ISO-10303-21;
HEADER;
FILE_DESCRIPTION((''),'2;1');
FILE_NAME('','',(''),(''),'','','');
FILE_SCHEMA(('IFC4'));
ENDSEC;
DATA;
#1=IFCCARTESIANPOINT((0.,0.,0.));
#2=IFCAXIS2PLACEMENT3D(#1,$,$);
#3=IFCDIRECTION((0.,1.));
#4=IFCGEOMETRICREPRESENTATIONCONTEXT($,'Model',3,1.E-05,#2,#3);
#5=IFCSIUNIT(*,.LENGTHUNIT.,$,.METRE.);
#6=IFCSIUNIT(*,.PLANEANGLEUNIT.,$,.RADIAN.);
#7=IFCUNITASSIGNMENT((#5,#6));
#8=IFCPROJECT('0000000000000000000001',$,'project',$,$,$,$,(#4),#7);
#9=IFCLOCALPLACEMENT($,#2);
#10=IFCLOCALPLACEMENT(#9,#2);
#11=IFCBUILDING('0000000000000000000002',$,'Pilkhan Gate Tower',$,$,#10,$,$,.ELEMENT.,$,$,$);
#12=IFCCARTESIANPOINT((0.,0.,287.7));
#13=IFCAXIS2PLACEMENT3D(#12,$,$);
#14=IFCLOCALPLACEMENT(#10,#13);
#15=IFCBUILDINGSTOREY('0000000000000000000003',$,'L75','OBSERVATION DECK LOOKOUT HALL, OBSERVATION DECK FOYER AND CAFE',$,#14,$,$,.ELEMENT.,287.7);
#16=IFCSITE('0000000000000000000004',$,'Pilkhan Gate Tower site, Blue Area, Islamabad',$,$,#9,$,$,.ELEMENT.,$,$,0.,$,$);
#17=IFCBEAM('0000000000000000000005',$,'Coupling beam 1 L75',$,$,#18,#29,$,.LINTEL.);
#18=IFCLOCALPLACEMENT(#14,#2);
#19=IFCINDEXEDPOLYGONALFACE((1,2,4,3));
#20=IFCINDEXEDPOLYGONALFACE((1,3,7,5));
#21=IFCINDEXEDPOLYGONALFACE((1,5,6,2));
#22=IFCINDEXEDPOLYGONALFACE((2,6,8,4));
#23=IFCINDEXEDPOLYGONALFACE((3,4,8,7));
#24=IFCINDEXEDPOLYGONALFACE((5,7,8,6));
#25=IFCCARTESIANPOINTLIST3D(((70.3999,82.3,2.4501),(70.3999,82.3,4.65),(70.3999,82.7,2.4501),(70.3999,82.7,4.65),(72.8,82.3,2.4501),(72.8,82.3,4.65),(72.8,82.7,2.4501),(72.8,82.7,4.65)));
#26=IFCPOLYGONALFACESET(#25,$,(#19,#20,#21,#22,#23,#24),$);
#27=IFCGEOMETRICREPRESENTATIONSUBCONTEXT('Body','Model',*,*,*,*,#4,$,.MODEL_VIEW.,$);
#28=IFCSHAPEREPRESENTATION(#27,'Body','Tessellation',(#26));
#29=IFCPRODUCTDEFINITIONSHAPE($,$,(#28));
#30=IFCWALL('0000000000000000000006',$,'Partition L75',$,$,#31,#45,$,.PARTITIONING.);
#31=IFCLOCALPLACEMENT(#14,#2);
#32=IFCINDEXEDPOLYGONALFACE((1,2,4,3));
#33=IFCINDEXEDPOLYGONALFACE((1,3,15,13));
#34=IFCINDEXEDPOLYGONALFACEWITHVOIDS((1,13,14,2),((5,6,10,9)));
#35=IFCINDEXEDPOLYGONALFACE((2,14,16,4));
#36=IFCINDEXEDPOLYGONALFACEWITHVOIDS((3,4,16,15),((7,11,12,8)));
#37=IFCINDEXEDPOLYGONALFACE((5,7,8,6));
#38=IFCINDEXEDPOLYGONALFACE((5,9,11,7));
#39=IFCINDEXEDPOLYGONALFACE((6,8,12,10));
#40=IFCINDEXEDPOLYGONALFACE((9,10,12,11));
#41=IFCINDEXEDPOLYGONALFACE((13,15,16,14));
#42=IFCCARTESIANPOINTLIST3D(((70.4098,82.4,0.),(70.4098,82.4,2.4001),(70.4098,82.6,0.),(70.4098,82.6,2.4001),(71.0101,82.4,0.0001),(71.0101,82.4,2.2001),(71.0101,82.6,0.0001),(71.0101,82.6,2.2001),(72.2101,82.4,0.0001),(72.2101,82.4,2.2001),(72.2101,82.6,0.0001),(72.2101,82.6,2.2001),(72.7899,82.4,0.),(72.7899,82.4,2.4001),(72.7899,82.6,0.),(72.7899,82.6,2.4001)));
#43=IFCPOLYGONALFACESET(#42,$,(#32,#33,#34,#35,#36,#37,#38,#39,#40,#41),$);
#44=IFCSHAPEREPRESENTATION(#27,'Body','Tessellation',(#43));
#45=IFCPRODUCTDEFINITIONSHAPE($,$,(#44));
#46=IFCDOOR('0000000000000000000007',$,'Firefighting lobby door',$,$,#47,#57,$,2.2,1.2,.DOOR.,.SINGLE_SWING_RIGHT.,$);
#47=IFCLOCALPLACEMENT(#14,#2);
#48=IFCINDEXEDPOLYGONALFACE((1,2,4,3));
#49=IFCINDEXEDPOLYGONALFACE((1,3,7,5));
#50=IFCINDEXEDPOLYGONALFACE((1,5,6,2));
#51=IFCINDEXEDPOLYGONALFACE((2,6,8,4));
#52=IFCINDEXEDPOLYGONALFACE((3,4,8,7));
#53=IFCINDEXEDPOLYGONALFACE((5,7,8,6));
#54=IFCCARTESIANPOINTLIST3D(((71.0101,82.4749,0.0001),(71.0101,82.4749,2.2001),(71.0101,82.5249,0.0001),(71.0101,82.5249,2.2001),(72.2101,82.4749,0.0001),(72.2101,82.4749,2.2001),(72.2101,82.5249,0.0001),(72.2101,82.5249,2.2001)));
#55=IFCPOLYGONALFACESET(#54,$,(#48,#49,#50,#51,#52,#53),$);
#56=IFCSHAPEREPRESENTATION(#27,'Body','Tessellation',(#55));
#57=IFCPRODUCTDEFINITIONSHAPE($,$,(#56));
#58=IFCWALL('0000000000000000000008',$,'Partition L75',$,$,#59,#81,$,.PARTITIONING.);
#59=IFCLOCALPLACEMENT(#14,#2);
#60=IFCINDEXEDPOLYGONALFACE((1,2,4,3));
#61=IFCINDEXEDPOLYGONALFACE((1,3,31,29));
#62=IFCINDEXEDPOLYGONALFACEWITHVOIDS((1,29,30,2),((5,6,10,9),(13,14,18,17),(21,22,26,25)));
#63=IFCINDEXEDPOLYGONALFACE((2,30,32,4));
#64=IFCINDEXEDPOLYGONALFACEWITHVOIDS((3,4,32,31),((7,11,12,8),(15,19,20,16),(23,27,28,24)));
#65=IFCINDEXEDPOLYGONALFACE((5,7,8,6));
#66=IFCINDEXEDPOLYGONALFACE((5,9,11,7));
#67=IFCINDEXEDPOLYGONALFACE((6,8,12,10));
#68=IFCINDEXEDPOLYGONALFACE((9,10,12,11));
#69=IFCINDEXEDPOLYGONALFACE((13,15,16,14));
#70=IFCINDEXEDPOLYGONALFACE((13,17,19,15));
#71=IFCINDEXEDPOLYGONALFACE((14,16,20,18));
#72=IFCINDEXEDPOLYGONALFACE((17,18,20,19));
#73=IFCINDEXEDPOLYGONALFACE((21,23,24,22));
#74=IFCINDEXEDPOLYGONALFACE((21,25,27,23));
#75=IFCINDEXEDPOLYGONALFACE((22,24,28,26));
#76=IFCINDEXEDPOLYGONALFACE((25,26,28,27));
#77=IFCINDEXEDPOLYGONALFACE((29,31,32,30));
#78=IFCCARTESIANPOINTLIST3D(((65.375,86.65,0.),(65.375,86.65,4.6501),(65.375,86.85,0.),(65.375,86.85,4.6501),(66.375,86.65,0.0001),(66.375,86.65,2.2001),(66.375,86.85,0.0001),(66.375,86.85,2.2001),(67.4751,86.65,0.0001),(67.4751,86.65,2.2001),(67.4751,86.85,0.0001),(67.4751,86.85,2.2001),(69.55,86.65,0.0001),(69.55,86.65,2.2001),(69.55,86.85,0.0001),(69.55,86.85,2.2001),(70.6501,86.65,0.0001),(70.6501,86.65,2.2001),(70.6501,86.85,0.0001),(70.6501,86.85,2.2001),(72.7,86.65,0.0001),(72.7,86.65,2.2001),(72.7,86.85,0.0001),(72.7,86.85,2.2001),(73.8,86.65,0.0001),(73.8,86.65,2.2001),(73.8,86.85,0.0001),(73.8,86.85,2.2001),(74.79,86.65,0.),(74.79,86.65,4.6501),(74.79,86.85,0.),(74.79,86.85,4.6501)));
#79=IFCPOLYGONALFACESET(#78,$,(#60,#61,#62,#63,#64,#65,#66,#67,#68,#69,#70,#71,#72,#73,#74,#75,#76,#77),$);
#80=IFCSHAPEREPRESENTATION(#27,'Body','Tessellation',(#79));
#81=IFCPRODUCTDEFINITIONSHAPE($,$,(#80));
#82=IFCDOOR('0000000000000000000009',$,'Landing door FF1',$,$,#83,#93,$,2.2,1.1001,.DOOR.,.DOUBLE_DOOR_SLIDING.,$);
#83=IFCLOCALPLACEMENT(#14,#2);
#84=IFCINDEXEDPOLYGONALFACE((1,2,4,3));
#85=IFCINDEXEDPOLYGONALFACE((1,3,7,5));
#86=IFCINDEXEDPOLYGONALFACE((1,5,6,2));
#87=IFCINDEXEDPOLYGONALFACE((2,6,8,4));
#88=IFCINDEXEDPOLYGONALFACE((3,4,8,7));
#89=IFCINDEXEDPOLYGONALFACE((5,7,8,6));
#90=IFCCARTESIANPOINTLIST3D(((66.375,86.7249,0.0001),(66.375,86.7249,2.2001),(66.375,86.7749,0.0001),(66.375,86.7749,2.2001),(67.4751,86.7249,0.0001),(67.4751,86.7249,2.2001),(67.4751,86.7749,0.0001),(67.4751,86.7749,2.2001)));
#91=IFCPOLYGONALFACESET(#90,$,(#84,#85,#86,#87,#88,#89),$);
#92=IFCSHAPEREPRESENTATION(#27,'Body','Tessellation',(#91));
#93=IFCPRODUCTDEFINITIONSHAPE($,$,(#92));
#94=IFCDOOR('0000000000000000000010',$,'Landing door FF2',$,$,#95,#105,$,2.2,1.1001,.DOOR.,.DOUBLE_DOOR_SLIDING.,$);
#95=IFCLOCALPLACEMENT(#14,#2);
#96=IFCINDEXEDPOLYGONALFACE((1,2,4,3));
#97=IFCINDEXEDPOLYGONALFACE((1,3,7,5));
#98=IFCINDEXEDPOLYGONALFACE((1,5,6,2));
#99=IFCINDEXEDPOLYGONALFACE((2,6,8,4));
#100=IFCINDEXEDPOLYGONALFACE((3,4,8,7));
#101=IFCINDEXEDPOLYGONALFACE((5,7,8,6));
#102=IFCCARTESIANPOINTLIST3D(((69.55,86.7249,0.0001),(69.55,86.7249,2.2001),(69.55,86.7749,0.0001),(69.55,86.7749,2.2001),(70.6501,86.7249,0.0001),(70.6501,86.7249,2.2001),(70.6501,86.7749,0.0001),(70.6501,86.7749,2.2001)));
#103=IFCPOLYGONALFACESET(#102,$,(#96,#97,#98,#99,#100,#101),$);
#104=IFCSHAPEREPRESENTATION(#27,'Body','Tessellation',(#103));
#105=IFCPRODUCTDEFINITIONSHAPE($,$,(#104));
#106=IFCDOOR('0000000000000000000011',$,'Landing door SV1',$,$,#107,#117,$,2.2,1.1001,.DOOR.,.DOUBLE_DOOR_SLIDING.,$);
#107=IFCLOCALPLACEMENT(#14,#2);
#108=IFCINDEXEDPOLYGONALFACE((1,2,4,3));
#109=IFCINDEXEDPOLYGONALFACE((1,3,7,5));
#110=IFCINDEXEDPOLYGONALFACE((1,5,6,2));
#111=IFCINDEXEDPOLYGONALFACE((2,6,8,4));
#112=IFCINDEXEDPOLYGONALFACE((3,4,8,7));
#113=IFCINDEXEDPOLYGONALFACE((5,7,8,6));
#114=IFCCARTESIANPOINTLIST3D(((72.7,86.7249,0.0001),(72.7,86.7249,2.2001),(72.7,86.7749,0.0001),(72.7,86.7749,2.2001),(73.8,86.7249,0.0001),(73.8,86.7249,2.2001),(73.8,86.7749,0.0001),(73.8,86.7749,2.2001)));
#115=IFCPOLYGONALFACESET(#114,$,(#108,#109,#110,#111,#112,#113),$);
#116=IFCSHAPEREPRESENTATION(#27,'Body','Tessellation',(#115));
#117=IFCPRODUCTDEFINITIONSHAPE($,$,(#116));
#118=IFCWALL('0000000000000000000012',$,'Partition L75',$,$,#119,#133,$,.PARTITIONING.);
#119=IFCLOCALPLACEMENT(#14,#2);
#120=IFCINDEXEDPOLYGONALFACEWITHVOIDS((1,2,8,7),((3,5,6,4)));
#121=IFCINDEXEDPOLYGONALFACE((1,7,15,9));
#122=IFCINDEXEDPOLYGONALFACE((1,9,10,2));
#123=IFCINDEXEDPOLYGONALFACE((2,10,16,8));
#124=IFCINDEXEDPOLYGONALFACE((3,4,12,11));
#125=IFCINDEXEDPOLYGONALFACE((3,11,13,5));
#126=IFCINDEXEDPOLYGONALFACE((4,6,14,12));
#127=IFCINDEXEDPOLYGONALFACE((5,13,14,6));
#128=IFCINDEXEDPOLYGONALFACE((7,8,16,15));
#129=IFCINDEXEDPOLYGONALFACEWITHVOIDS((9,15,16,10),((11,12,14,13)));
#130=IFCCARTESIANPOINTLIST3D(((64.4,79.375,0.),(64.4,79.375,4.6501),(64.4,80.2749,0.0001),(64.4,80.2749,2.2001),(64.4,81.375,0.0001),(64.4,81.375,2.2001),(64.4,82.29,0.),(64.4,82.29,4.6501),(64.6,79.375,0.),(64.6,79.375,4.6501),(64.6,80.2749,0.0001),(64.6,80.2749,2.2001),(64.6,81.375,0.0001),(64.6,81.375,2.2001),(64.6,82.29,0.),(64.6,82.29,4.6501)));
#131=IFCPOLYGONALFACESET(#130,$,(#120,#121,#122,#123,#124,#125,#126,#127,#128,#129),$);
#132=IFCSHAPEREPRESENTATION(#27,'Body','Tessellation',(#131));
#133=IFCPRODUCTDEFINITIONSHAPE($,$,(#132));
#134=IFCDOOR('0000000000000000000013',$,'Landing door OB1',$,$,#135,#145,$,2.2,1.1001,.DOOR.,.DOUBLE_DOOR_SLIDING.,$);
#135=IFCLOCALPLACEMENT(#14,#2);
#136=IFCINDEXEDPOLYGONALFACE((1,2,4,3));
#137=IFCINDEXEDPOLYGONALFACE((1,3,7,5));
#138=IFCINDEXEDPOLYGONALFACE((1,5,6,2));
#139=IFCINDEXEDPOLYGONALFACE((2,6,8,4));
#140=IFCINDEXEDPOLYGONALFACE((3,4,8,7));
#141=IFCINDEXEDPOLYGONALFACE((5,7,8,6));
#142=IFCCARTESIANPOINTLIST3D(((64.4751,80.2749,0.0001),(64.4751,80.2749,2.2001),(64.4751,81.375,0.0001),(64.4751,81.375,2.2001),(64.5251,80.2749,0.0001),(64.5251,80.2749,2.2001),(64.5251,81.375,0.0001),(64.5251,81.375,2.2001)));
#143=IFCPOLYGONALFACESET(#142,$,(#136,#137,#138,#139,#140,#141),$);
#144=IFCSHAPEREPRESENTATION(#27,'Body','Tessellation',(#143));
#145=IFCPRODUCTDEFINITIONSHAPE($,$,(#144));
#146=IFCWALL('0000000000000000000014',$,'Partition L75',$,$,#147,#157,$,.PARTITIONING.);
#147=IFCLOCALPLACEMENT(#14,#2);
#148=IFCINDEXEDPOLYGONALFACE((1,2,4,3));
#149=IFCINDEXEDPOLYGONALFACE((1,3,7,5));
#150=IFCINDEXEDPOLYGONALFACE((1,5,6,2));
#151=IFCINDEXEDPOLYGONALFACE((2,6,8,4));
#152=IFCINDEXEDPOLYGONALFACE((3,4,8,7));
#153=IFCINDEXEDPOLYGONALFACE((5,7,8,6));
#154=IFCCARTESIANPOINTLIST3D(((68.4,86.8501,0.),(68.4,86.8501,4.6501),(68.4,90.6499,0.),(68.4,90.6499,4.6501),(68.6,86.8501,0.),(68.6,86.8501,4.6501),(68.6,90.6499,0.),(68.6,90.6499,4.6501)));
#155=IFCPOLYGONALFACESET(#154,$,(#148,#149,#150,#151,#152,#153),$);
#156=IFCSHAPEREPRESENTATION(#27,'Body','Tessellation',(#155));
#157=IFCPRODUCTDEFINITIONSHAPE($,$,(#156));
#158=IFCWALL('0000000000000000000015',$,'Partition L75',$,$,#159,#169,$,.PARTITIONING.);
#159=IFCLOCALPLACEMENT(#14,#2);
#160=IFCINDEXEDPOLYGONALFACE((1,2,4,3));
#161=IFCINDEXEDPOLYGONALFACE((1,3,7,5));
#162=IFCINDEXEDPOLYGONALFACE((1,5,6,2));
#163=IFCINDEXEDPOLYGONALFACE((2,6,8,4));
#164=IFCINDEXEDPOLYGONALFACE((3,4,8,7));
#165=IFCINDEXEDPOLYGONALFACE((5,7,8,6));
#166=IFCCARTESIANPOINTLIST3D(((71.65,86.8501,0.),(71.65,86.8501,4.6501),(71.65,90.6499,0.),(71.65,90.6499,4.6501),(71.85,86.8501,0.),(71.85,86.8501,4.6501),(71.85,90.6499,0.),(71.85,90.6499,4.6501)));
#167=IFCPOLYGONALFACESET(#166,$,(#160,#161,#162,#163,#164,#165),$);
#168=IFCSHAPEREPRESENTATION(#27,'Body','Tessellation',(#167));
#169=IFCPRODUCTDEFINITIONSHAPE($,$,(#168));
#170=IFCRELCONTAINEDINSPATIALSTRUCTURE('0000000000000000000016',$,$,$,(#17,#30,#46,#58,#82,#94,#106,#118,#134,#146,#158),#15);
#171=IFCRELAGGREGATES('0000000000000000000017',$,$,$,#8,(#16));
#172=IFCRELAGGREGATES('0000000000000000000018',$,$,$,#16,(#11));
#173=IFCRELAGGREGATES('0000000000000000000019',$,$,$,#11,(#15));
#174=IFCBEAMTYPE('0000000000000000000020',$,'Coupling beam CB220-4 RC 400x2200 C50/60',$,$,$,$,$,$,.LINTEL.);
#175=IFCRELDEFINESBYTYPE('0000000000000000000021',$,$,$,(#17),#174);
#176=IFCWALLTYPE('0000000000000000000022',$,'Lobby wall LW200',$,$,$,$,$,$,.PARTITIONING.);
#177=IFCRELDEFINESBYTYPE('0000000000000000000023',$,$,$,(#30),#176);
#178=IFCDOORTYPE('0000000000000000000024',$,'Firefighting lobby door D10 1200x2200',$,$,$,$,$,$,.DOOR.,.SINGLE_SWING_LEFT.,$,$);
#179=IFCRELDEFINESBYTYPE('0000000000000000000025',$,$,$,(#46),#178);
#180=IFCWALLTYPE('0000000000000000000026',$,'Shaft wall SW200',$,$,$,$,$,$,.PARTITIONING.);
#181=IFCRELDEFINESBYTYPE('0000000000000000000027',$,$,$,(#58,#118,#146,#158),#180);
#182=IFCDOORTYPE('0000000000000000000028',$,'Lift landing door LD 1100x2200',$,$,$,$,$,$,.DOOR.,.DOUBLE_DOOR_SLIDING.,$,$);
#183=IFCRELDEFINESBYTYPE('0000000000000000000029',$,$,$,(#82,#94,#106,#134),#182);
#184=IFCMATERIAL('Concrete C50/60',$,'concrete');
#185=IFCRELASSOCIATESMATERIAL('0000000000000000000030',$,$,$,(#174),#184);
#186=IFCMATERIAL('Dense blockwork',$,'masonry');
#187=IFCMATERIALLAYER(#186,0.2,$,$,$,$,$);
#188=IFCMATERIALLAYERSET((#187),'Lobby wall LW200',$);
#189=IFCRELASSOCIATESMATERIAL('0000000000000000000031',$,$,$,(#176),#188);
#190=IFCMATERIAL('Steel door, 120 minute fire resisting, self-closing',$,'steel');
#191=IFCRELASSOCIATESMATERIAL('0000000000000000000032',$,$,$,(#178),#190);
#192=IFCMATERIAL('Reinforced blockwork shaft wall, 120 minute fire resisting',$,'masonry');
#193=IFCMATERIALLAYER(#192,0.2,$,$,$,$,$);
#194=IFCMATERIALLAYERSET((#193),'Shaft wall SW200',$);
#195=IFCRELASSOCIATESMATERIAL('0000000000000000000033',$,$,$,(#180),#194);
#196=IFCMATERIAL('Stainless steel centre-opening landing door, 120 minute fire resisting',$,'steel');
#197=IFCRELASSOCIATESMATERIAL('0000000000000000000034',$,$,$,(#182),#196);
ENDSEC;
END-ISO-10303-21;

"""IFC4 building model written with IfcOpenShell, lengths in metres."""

from ifc_helpers import new_model, si_unit, direction, frame, frame_2d, origin, origin_2d, place, context, subcontext, project, spatial, rectangle, extrude, material, layer, layer_set, material_profile, profile_set, type_object, element, fill, save


model = new_model("IFC4")

# Units and contexts
model_context = context("Model", 3, precision=1e-05, world=origin(), true_north=direction((0.0, 1.0)))
body_context = subcontext(model_context, "Body", "Model", "MODEL_VIEW")
ifc_project = project(units=[si_unit("LENGTHUNIT", "METRE"), si_unit("PLANEANGLEUNIT", "RADIAN")], contexts=[model_context])

# Site, building, storey
site_placement = place(None, origin())
site = spatial("IfcSite", under=ifc_project, at=site_placement, Name="Pilkhan Gate Tower site, Blue Area, Islamabad", CompositionType="ELEMENT", RefElevation=0.0)
building_placement = place(site_placement, origin())
building = spatial("IfcBuilding", under=site, at=building_placement, Name="Pilkhan Gate Tower", CompositionType="ELEMENT")
storey_placement = place(building_placement, frame((0.0, 0.0, 287.7)))
storey = spatial("IfcBuildingStorey", under=building, at=storey_placement, Name="L75", Description="OBSERVATION DECK LOOKOUT HALL, OBSERVATION DECK FOYER AND CAFE", CompositionType="ELEMENT", Elevation=287.7)

# Beam
ifc_material_1 = material(Name="Concrete C50/60", Category="concrete")
ifc_material_profile = material_profile(ifc_material_1, rectangle(XDim=0.3999, YDim=2.2, at=origin_2d()), Name="RC 400x2200")
ifc_profile_set = profile_set([ifc_material_profile], Name="Concrete C50/60")
beam_type = type_object("IfcBeamType", Name="Coupling beam CB220-4 RC 400x2200 C50/60", PredefinedType="LINTEL", material=ifc_profile_set)
beam_placement = place(storey_placement, frame((70.3999, 82.5, 3.55), z_axis=(1.0, 0.0, 0.0), x_axis=(0.0, 1.0, 0.0)))
element("IfcBeam", 1, at=beam_placement, inside=storey, type_object=beam_type, Name="Coupling beam 1 L75", PredefinedType="LINTEL", context=body_context, shape_type="SweptSolid", body=[
    extrude(rectangle(XDim=0.3999, YDim=2.2, at=origin_2d()), origin(), (0.0, 0.0, 1.0), 2.4001),
])

# Wall, opening, door
ifc_material_2 = material(Name="Dense blockwork", Category="masonry")
ifc_layer_1 = layer(ifc_material_2, 0.2)
ifc_layer_set_1 = layer_set([ifc_layer_1], Name="Lobby wall LW200")
wall_type_1 = type_object("IfcWallType", Name="Lobby wall LW200", PredefinedType="PARTITIONING", material=ifc_layer_set_1)
wall_1_placement = place(storey_placement, frame((70.4099, 82.5, 0.0), z_axis=(0.0, 0.0, 1.0), x_axis=(1.0, 0.0, 0.0)))
wall_1 = element("IfcWall", 2, at=wall_1_placement, inside=storey, type_object=wall_type_1, Name="Partition L75", PredefinedType="PARTITIONING", context=body_context, shape_type="SweptSolid", body=[
    extrude(rectangle(XDim=2.3801, YDim=0.2, at=frame_2d((1.1899, 0.0))), origin(), (0.0, 0.0, 1.0), 2.4001),
])
opening_1_placement = place(wall_1_placement, frame((0.6001, 0.0, 0.0)))
opening_1 = element("IfcOpeningElement", 3, at=opening_1_placement, cuts=wall_1, PredefinedType="OPENING", context=body_context, shape_type="SweptSolid", body=[
    extrude(rectangle(XDim=1.2, YDim=2.2, at=frame_2d((0.6001, 1.1001))), frame((0.0, 0.1099, 0.0), z_axis=(0.0, -1.0, 0.0), x_axis=(1.0, 0.0, 0.0)), (0.0, 0.0, 1.0), 0.22),
])
ifc_material_3 = material(Name="Steel door, 120 minute fire resisting, self-closing", Category="steel")
door_type_1 = type_object("IfcDoorType", Name="Firefighting lobby door D10 1200x2200", OperationType="SINGLE_SWING_LEFT", PredefinedType="DOOR", material=ifc_material_3)
door_1_placement = place(opening_1_placement, origin())
door_1 = element("IfcDoor", 4, at=door_1_placement, inside=storey, type_object=door_type_1, Name="Firefighting lobby door", OperationType="SINGLE_SWING_RIGHT", OverallHeight=2.2, OverallWidth=1.2, PredefinedType="DOOR", context=body_context, shape_type="SweptSolid", body=[
    extrude(rectangle(XDim=1.2, YDim=2.2, at=frame_2d((0.6001, 1.1001))), frame((0.0, 0.0249, 0.0), z_axis=(0.0, -1.0, 0.0), x_axis=(1.0, 0.0, 0.0)), (0.0, 0.0, 1.0), 0.05),
])
fill(opening_1, door_1)

# Wall, openings, doors
ifc_material_4 = material(Name="Reinforced blockwork shaft wall, 120 minute fire resisting", Category="masonry")
ifc_layer_2 = layer(ifc_material_4, 0.2)
ifc_layer_set_2 = layer_set([ifc_layer_2], Name="Shaft wall SW200")
wall_type_2 = type_object("IfcWallType", Name="Shaft wall SW200", PredefinedType="PARTITIONING", material=ifc_layer_set_2)
wall_2_placement = place(storey_placement, frame((65.375, 86.75, 0.0), z_axis=(0.0, 0.0, 1.0), x_axis=(1.0, 0.0, 0.0)))
wall_2 = element("IfcWall", 5, at=wall_2_placement, inside=storey, type_object=wall_type_2, Name="Partition L75", PredefinedType="PARTITIONING", context=body_context, shape_type="SweptSolid", body=[
    extrude(rectangle(XDim=9.415, YDim=0.2, at=frame_2d((4.7075, 0.0))), origin(), (0.0, 0.0, 1.0), 4.6501),
])
opening_2_placement = place(wall_2_placement, frame((1.0, 0.0, 0.0)))
opening_2 = element("IfcOpeningElement", 6, at=opening_2_placement, cuts=wall_2, PredefinedType="OPENING", context=body_context, shape_type="SweptSolid", body=[
    extrude(rectangle(XDim=1.1001, YDim=2.2, at=frame_2d((0.55, 1.1001))), frame((0.0, 0.1099, 0.0), z_axis=(0.0, -1.0, 0.0), x_axis=(1.0, 0.0, 0.0)), (0.0, 0.0, 1.0), 0.22),
])
opening_3_placement = place(wall_2_placement, frame((4.175, 0.0, 0.0)))
opening_3 = element("IfcOpeningElement", 7, at=opening_3_placement, cuts=wall_2, PredefinedType="OPENING", context=body_context, shape_type="SweptSolid", body=[
    extrude(rectangle(XDim=1.1001, YDim=2.2, at=frame_2d((0.55, 1.1001))), frame((0.0, 0.1099, 0.0), z_axis=(0.0, -1.0, 0.0), x_axis=(1.0, 0.0, 0.0)), (0.0, 0.0, 1.0), 0.22),
])
opening_4_placement = place(wall_2_placement, frame((7.325, 0.0, 0.0)))
opening_4 = element("IfcOpeningElement", 8, at=opening_4_placement, cuts=wall_2, PredefinedType="OPENING", context=body_context, shape_type="SweptSolid", body=[
    extrude(rectangle(XDim=1.1001, YDim=2.2, at=frame_2d((0.55, 1.1001))), frame((0.0, 0.1099, 0.0), z_axis=(0.0, -1.0, 0.0), x_axis=(1.0, 0.0, 0.0)), (0.0, 0.0, 1.0), 0.22),
])
ifc_material_5 = material(Name="Stainless steel centre-opening landing door, 120 minute fire resisting", Category="steel")
door_type_2 = type_object("IfcDoorType", Name="Lift landing door LD 1100x2200", OperationType="DOUBLE_DOOR_SLIDING", PredefinedType="DOOR", material=ifc_material_5)
door_2_placement = place(opening_2_placement, origin())
door_2 = element("IfcDoor", 9, at=door_2_placement, inside=storey, type_object=door_type_2, Name="Landing door FF1", OperationType="DOUBLE_DOOR_SLIDING", OverallHeight=2.2, OverallWidth=1.1001, PredefinedType="DOOR", context=body_context, shape_type="SweptSolid", body=[
    extrude(rectangle(XDim=1.1001, YDim=2.2, at=frame_2d((0.55, 1.1001))), frame((0.0, 0.0249, 0.0), z_axis=(0.0, -1.0, 0.0), x_axis=(1.0, 0.0, 0.0)), (0.0, 0.0, 1.0), 0.05),
])
fill(opening_2, door_2)
door_3_placement = place(opening_3_placement, origin())
door_3 = element("IfcDoor", 10, at=door_3_placement, inside=storey, type_object=door_type_2, Name="Landing door FF2", OperationType="DOUBLE_DOOR_SLIDING", OverallHeight=2.2, OverallWidth=1.1001, PredefinedType="DOOR", context=body_context, shape_type="SweptSolid", body=[
    extrude(rectangle(XDim=1.1001, YDim=2.2, at=frame_2d((0.55, 1.1001))), frame((0.0, 0.0249, 0.0), z_axis=(0.0, -1.0, 0.0), x_axis=(1.0, 0.0, 0.0)), (0.0, 0.0, 1.0), 0.05),
])
fill(opening_3, door_3)
door_4_placement = place(opening_4_placement, origin())
door_4 = element("IfcDoor", 11, at=door_4_placement, inside=storey, type_object=door_type_2, Name="Landing door SV1", OperationType="DOUBLE_DOOR_SLIDING", OverallHeight=2.2, OverallWidth=1.1001, PredefinedType="DOOR", context=body_context, shape_type="SweptSolid", body=[
    extrude(rectangle(XDim=1.1001, YDim=2.2, at=frame_2d((0.55, 1.1001))), frame((0.0, 0.0249, 0.0), z_axis=(0.0, -1.0, 0.0), x_axis=(1.0, 0.0, 0.0)), (0.0, 0.0, 1.0), 0.05),
])
fill(opening_4, door_4)

# Wall, opening, door
wall_3_placement = place(storey_placement, frame((64.5, 79.375, 0.0), z_axis=(0.0, 0.0, 1.0), x_axis=(0.0, 1.0, 0.0)))
wall_3 = element("IfcWall", 12, at=wall_3_placement, inside=storey, type_object=wall_type_2, Name="Partition L75", PredefinedType="PARTITIONING", context=body_context, shape_type="SweptSolid", body=[
    extrude(rectangle(XDim=2.915, YDim=0.2, at=frame_2d((1.4575, 0.0))), origin(), (0.0, 0.0, 1.0), 4.6501),
])
opening_5_placement = place(wall_3_placement, frame((0.8999, 0.0, 0.0)))
opening_5 = element("IfcOpeningElement", 13, at=opening_5_placement, cuts=wall_3, PredefinedType="OPENING", context=body_context, shape_type="SweptSolid", body=[
    extrude(rectangle(XDim=1.1001, YDim=2.2, at=frame_2d((0.55, 1.1001))), frame((0.0, 0.1099, 0.0), z_axis=(0.0, -1.0, 0.0), x_axis=(1.0, 0.0, 0.0)), (0.0, 0.0, 1.0), 0.22),
])
door_5_placement = place(opening_5_placement, origin())
door_5 = element("IfcDoor", 14, at=door_5_placement, inside=storey, type_object=door_type_2, Name="Landing door OB1", OperationType="DOUBLE_DOOR_SLIDING", OverallHeight=2.2, OverallWidth=1.1001, PredefinedType="DOOR", context=body_context, shape_type="SweptSolid", body=[
    extrude(rectangle(XDim=1.1001, YDim=2.2, at=frame_2d((0.55, 1.1001))), frame((0.0, 0.0249, 0.0), z_axis=(0.0, -1.0, 0.0), x_axis=(1.0, 0.0, 0.0)), (0.0, 0.0, 1.0), 0.05),
])
fill(opening_5, door_5)

# Walls
for number, where, z_axis, x_axis, name in (
    (15, (68.5, 86.8501, 0.0), (0.0, 0.0, 1.0), (0.0, 1.0, 0.0), "Partition L75"),
    (16, (71.75, 86.8501, 0.0), (0.0, 0.0, 1.0), (0.0, 1.0, 0.0), "Partition L75"),
):
    element("IfcWall", number, at=place(storey_placement, frame(where, z_axis=z_axis, x_axis=x_axis)), inside=storey, type_object=wall_type_2, Name=name, PredefinedType="PARTITIONING", context=body_context, shape_type="SweptSolid", body=[
        extrude(rectangle(XDim=3.7998, YDim=0.2, at=frame_2d((1.8999, 0.0))), origin(), (0.0, 0.0, 1.0), 4.6501),
    ])

save(model, "model.ifc")
